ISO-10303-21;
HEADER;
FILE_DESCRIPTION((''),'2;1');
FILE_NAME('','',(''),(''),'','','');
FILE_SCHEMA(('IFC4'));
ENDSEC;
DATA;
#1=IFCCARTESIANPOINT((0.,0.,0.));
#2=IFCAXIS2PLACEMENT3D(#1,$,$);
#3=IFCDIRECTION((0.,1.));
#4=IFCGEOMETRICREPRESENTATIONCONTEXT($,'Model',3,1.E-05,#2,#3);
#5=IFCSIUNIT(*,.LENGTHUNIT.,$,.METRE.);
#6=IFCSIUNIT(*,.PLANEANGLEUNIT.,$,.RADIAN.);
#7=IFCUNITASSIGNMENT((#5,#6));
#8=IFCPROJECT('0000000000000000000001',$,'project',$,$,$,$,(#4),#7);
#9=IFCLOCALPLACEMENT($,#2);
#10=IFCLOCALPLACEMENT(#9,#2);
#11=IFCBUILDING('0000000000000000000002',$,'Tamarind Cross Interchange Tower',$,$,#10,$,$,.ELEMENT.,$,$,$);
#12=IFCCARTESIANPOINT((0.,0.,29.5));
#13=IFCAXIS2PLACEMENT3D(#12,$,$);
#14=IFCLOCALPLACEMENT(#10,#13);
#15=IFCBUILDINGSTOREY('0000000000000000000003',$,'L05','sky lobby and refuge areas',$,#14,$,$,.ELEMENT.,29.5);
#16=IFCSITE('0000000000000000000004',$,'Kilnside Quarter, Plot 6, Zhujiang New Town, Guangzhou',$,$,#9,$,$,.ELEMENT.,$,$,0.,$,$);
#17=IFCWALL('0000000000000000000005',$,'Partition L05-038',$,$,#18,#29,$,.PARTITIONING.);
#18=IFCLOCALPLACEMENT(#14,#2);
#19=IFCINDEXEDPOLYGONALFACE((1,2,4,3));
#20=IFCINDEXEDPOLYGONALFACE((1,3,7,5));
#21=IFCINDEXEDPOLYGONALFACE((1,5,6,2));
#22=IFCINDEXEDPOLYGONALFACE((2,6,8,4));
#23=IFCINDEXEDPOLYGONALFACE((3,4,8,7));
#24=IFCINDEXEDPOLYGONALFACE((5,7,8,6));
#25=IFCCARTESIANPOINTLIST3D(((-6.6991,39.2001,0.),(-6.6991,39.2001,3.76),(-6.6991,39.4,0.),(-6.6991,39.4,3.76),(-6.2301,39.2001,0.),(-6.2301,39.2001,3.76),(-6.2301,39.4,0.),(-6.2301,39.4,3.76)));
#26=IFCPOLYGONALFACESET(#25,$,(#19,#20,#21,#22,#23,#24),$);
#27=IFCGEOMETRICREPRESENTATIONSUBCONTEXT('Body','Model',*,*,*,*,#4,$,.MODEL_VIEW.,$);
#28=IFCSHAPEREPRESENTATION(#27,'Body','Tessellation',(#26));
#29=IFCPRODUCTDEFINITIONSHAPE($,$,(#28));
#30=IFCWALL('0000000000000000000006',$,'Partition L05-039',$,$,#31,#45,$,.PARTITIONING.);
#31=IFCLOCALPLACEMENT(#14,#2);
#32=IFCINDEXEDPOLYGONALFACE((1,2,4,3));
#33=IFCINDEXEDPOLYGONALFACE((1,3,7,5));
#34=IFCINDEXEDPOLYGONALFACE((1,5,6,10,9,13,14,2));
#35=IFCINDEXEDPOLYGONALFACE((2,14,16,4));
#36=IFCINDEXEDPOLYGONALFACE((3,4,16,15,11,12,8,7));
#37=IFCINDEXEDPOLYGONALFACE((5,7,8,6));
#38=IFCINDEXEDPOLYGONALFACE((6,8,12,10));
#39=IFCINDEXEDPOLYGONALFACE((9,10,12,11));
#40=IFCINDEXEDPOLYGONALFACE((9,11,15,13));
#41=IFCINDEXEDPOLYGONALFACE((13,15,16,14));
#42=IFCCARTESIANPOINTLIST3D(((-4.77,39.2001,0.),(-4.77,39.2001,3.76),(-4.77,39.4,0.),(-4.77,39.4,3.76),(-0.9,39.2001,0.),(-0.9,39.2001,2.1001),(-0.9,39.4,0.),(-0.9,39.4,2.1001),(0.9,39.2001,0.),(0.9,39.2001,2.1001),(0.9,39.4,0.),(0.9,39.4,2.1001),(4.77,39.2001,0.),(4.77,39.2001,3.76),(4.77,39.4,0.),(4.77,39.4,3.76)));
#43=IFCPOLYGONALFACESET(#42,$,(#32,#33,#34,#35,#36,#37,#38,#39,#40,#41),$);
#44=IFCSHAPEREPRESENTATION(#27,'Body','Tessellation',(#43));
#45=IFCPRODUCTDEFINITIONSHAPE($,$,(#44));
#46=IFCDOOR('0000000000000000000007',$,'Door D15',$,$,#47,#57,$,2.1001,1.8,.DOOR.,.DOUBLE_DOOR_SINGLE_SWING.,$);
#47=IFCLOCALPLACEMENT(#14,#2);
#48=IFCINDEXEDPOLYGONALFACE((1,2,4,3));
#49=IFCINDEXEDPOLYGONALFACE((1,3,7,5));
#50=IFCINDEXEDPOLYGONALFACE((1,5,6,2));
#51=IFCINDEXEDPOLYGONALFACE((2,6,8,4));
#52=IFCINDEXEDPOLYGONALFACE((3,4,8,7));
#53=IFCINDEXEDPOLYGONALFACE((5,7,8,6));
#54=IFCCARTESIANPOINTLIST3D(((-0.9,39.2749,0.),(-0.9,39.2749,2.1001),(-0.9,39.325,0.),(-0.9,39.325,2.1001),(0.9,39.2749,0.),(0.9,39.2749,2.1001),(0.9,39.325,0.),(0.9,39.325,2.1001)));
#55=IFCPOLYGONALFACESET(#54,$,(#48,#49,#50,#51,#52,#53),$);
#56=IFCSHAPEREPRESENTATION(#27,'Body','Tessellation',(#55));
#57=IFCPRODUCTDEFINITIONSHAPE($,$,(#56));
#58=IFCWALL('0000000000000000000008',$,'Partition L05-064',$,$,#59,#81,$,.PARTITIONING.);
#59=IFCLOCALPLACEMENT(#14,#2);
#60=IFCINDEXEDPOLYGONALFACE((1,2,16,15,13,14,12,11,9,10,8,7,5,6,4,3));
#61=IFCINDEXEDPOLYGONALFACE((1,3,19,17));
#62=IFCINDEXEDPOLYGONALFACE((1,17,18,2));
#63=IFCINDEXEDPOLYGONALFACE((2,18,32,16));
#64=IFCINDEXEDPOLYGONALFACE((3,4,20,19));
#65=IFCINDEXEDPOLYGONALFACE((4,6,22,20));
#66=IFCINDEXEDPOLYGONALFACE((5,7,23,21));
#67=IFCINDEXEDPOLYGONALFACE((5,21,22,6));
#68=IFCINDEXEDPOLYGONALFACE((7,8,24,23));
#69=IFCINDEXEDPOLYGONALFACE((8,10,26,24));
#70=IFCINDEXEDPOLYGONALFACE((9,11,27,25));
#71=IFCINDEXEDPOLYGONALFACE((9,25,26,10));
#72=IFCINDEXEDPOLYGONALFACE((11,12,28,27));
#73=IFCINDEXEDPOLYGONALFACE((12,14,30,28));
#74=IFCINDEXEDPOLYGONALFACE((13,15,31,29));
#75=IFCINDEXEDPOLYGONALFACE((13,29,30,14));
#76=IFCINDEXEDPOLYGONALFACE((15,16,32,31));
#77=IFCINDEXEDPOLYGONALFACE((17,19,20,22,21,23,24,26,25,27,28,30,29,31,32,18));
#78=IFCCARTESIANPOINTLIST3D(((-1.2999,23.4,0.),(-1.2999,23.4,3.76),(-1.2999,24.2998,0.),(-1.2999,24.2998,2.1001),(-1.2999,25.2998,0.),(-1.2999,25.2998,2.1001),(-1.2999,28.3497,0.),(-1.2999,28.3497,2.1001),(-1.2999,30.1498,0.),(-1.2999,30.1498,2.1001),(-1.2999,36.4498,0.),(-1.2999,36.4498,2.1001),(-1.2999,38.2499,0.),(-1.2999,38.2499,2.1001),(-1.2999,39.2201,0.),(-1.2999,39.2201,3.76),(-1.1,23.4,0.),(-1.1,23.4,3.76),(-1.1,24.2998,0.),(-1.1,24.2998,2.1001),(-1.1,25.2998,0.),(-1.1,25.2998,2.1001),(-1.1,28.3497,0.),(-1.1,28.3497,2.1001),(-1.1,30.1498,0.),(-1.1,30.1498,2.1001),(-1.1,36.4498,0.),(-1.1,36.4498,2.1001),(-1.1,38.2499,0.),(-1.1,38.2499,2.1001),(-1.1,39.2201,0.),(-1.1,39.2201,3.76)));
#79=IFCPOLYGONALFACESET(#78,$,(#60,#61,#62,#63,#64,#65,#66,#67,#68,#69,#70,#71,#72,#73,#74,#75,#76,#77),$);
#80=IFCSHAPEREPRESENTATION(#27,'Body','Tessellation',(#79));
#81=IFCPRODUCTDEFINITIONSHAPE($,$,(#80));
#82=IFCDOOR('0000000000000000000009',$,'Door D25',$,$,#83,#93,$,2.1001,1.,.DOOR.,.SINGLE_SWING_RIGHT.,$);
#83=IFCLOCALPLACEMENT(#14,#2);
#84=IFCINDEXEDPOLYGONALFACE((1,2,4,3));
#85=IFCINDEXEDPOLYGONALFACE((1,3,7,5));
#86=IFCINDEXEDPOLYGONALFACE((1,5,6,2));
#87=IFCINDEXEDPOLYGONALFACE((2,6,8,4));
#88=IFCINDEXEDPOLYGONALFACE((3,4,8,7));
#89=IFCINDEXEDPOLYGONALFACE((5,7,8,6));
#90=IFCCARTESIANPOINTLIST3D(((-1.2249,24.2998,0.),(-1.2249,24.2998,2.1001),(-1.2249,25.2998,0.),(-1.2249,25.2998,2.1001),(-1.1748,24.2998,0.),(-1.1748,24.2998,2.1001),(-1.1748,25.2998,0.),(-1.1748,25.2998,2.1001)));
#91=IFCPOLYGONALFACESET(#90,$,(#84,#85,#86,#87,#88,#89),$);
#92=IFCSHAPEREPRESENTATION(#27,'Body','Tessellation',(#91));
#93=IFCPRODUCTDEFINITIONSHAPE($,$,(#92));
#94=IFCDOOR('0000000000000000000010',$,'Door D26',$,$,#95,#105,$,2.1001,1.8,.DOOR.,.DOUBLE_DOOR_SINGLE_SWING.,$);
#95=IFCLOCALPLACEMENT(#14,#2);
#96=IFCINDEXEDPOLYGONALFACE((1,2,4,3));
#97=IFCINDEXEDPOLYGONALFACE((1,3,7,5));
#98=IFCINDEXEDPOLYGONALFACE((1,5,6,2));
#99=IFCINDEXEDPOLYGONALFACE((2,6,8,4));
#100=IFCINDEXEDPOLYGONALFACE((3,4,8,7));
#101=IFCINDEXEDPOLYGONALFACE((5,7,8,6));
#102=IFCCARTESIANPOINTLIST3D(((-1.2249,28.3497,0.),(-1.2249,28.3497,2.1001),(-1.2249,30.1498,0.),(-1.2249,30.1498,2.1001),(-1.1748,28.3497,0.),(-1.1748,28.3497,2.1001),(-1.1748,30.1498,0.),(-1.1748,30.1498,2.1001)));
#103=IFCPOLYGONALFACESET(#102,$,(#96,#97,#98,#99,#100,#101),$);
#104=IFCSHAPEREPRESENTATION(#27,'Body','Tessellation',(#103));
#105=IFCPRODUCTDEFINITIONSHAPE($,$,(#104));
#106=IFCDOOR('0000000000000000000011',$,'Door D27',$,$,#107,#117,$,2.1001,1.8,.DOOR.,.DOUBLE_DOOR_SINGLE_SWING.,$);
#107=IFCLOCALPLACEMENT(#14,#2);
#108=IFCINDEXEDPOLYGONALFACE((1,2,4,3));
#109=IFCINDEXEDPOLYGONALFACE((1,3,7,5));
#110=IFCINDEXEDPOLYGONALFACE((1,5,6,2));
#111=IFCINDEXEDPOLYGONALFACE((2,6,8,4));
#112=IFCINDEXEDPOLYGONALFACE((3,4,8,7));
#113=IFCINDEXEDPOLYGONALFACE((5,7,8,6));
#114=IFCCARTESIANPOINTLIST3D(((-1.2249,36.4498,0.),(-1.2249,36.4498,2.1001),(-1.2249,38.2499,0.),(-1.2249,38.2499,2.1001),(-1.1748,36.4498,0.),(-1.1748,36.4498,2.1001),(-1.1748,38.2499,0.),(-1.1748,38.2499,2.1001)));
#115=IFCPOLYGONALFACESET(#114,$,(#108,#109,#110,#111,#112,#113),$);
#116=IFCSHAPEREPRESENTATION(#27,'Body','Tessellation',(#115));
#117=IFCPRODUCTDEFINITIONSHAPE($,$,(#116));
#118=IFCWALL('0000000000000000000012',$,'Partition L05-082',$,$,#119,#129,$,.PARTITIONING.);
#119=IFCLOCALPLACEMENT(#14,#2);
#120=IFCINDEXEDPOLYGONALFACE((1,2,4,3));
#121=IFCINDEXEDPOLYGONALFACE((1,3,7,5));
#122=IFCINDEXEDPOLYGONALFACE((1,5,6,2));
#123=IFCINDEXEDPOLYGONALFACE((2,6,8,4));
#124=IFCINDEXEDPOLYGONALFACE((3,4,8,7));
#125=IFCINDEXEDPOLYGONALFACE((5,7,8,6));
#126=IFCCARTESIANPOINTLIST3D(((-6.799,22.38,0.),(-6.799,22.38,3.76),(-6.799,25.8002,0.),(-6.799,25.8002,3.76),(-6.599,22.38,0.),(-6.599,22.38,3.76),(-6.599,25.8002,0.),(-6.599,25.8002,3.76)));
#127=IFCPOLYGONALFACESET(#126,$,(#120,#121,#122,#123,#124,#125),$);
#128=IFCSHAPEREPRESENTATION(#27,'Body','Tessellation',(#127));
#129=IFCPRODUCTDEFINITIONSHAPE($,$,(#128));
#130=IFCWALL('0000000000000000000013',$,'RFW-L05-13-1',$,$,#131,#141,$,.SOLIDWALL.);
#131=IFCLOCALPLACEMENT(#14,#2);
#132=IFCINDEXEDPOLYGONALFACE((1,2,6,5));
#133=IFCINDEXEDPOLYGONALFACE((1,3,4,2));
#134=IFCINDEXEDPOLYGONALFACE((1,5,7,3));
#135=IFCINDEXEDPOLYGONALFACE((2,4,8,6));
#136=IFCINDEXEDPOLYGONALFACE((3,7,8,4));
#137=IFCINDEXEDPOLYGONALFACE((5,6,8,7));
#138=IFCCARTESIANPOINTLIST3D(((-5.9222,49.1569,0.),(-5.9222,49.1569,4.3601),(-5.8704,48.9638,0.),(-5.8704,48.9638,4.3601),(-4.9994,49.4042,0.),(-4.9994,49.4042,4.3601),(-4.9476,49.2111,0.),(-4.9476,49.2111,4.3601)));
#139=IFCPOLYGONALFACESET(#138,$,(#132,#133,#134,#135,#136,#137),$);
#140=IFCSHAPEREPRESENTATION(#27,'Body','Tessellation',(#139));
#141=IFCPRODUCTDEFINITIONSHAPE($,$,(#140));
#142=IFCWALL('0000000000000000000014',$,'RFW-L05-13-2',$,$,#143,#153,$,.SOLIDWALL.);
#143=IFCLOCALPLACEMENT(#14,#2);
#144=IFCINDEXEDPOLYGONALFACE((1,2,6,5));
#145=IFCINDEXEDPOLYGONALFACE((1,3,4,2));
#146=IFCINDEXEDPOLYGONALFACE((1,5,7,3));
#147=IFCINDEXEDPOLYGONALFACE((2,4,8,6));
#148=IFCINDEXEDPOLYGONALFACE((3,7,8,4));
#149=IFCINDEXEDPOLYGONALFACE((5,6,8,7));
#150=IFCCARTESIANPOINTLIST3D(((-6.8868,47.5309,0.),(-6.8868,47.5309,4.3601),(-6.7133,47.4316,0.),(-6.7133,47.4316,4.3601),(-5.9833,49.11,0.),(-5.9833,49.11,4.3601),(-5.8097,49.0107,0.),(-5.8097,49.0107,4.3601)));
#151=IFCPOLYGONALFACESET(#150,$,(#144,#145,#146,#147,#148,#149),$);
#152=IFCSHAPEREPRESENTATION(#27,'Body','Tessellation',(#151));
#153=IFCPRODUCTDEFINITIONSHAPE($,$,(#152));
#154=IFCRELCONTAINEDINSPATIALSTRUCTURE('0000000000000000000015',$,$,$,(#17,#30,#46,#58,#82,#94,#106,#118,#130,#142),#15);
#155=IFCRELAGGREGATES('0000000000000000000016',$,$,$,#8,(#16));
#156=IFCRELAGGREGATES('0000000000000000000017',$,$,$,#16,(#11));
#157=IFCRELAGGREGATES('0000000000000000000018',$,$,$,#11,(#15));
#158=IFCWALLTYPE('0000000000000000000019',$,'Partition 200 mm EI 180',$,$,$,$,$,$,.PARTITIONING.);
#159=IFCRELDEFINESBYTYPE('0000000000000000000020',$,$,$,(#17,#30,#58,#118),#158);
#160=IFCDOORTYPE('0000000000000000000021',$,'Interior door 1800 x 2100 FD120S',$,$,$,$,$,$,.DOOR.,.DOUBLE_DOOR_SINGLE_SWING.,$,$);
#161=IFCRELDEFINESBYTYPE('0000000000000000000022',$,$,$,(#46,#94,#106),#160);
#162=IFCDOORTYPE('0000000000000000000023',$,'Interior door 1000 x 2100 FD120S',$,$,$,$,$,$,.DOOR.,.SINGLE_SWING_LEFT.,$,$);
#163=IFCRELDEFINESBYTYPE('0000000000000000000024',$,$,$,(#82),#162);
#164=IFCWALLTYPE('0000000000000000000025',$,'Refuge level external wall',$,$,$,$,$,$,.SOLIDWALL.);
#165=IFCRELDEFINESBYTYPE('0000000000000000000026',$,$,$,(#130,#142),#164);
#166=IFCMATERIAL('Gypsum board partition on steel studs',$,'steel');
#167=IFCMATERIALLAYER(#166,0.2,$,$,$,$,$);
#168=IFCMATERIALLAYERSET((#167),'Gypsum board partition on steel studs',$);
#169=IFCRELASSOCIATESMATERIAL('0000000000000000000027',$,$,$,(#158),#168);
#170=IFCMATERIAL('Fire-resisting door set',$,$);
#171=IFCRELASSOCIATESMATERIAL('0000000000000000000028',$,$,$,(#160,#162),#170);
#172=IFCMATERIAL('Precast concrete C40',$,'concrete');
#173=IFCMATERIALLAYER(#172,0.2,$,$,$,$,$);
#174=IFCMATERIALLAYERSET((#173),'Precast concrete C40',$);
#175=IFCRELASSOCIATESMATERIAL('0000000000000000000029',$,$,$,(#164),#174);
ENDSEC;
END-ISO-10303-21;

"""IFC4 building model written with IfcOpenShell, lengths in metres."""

from ifc_helpers import new_model, si_unit, direction, frame, frame_2d, origin, place, context, subcontext, project, spatial, rectangle, extrude, material, layer, layer_set, type_object, element, fill, save


model = new_model("IFC4")

# Units and contexts
model_context = context("Model", 3, precision=1e-05, world=origin(), true_north=direction((0.0, 1.0)))
body_context = subcontext(model_context, "Body", "Model", "MODEL_VIEW")
ifc_project = project(units=[si_unit("LENGTHUNIT", "METRE"), si_unit("PLANEANGLEUNIT", "RADIAN")], contexts=[model_context])

# Site, building, storey
site_placement = place(None, origin())
site = spatial("IfcSite", under=ifc_project, at=site_placement, Name="Kilnside Quarter, Plot 6, Zhujiang New Town, Guangzhou", CompositionType="ELEMENT", RefElevation=0.0)
building_placement = place(site_placement, origin())
building = spatial("IfcBuilding", under=site, at=building_placement, Name="Tamarind Cross Interchange Tower", CompositionType="ELEMENT")
storey_placement = place(building_placement, frame((0.0, 0.0, 29.5)))
storey = spatial("IfcBuildingStorey", under=building, at=storey_placement, Name="L05", Description="sky lobby and refuge areas", CompositionType="ELEMENT", Elevation=29.5)

# Shared definitions
ifc_material_1 = material(Name="Gypsum board partition on steel studs", Category="steel")
ifc_layer_1 = layer(ifc_material_1, 0.2)
ifc_layer_set_1 = layer_set([ifc_layer_1], Name="Gypsum board partition on steel studs")
wall_type_1 = type_object("IfcWallType", Name="Partition 200 mm EI 180", PredefinedType="PARTITIONING", material=ifc_layer_set_1)
ifc_material_2 = material(Name="Fire-resisting door set")

# Wall
wall_1_placement = place(storey_placement, frame((-6.699, 39.3, 0.0), z_axis=(0.0, 0.0, 1.0), x_axis=(1.0, 0.0, 0.0)))
element("IfcWall", 1, at=wall_1_placement, inside=storey, type_object=wall_type_1, Name="Partition L05-038", PredefinedType="PARTITIONING", context=body_context, shape_type="SweptSolid", body=[
    extrude(rectangle(XDim=0.469, YDim=0.2, at=frame_2d((0.2344, 0.0))), origin(), (0.0, 0.0, 1.0), 3.76),
])

# Wall, opening, door
wall_2_placement = place(storey_placement, frame((-4.77, 39.3, 0.0), z_axis=(0.0, 0.0, 1.0), x_axis=(1.0, 0.0, 0.0)))
wall_2 = element("IfcWall", 2, at=wall_2_placement, inside=storey, type_object=wall_type_1, Name="Partition L05-039", PredefinedType="PARTITIONING", context=body_context, shape_type="SweptSolid", body=[
    extrude(rectangle(XDim=9.54, YDim=0.2, at=frame_2d((4.77, 0.0))), origin(), (0.0, 0.0, 1.0), 3.76),
])
opening_1_placement = place(wall_2_placement, frame((3.8701, 0.0, 0.0)))
opening_1 = element("IfcOpeningElement", 3, at=opening_1_placement, cuts=wall_2, PredefinedType="OPENING", context=body_context, shape_type="SweptSolid", body=[
    extrude(rectangle(XDim=1.8, YDim=2.1001, at=frame_2d((0.8999, 1.05))), frame((0.0, 0.1099, 0.0), z_axis=(0.0, -1.0, 0.0), x_axis=(1.0, 0.0, 0.0)), (0.0, 0.0, 1.0), 0.22),
])
door_type_1 = type_object("IfcDoorType", Name="Interior door 1800 x 2100 FD120S", OperationType="DOUBLE_DOOR_SINGLE_SWING", PredefinedType="DOOR", material=ifc_material_2)
door_1_placement = place(opening_1_placement, origin())
door_1 = element("IfcDoor", 4, at=door_1_placement, inside=storey, type_object=door_type_1, Name="Door D15", OperationType="DOUBLE_DOOR_SINGLE_SWING", OverallHeight=2.1001, OverallWidth=1.8, PredefinedType="DOOR", context=body_context, shape_type="SweptSolid", body=[
    extrude(rectangle(XDim=1.8, YDim=2.1001, at=frame_2d((0.8999, 1.05))), frame((0.0, 0.0249, 0.0), z_axis=(0.0, -1.0, 0.0), x_axis=(1.0, 0.0, 0.0)), (0.0, 0.0, 1.0), 0.05),
])
fill(opening_1, door_1)

# Wall, openings, doors
wall_3_placement = place(storey_placement, frame((-1.2, 23.3999, 0.0), z_axis=(0.0, 0.0, 1.0), x_axis=(0.0, 1.0, 0.0)))
wall_3 = element("IfcWall", 5, at=wall_3_placement, inside=storey, type_object=wall_type_1, Name="Partition L05-064", PredefinedType="PARTITIONING", context=body_context, shape_type="SweptSolid", body=[
    extrude(rectangle(XDim=15.8201, YDim=0.2, at=frame_2d((7.9102, 0.0))), origin(), (0.0, 0.0, 1.0), 3.76),
])
opening_2_placement = place(wall_3_placement, frame((0.8999, 0.0, 0.0)))
opening_2 = element("IfcOpeningElement", 6, at=opening_2_placement, cuts=wall_3, PredefinedType="OPENING", context=body_context, shape_type="SweptSolid", body=[
    extrude(rectangle(XDim=1.0, YDim=2.1001, at=frame_2d((0.5, 1.05))), frame((0.0, 0.1099, 0.0), z_axis=(0.0, -1.0, 0.0), x_axis=(1.0, 0.0, 0.0)), (0.0, 0.0, 1.0), 0.22),
])
opening_3_placement = place(wall_3_placement, frame((4.95, 0.0, 0.0)))
opening_3 = element("IfcOpeningElement", 7, at=opening_3_placement, cuts=wall_3, PredefinedType="OPENING", context=body_context, shape_type="SweptSolid", body=[
    extrude(rectangle(XDim=1.8, YDim=2.1001, at=frame_2d((0.8999, 1.05))), frame((0.0, 0.1099, 0.0), z_axis=(0.0, -1.0, 0.0), x_axis=(1.0, 0.0, 0.0)), (0.0, 0.0, 1.0), 0.22),
])
opening_4_placement = place(wall_3_placement, frame((13.05, 0.0, 0.0)))
opening_4 = element("IfcOpeningElement", 8, at=opening_4_placement, cuts=wall_3, PredefinedType="OPENING", context=body_context, shape_type="SweptSolid", body=[
    extrude(rectangle(XDim=1.8, YDim=2.1001, at=frame_2d((0.8999, 1.05))), frame((0.0, 0.1099, 0.0), z_axis=(0.0, -1.0, 0.0), x_axis=(1.0, 0.0, 0.0)), (0.0, 0.0, 1.0), 0.22),
])
door_type_2 = type_object("IfcDoorType", Name="Interior door 1000 x 2100 FD120S", OperationType="SINGLE_SWING_LEFT", PredefinedType="DOOR", material=ifc_material_2)
door_2_placement = place(opening_2_placement, origin())
door_2 = element("IfcDoor", 9, at=door_2_placement, inside=storey, type_object=door_type_2, Name="Door D25", OperationType="SINGLE_SWING_RIGHT", OverallHeight=2.1001, OverallWidth=1.0, PredefinedType="DOOR", context=body_context, shape_type="SweptSolid", body=[
    extrude(rectangle(XDim=1.0, YDim=2.1001, at=frame_2d((0.5, 1.05))), frame((0.0, 0.0249, 0.0), z_axis=(0.0, -1.0, 0.0), x_axis=(1.0, 0.0, 0.0)), (0.0, 0.0, 1.0), 0.05),
])
fill(opening_2, door_2)
door_3_placement = place(opening_3_placement, origin())
door_3 = element("IfcDoor", 10, at=door_3_placement, inside=storey, type_object=door_type_1, Name="Door D26", OperationType="DOUBLE_DOOR_SINGLE_SWING", OverallHeight=2.1001, OverallWidth=1.8, PredefinedType="DOOR", context=body_context, shape_type="SweptSolid", body=[
    extrude(rectangle(XDim=1.8, YDim=2.1001, at=frame_2d((0.8999, 1.05))), frame((0.0, 0.0249, 0.0), z_axis=(0.0, -1.0, 0.0), x_axis=(1.0, 0.0, 0.0)), (0.0, 0.0, 1.0), 0.05),
])
fill(opening_3, door_3)
door_4_placement = place(opening_4_placement, origin())
door_4 = element("IfcDoor", 11, at=door_4_placement, inside=storey, type_object=door_type_1, Name="Door D27", OperationType="DOUBLE_DOOR_SINGLE_SWING", OverallHeight=2.1001, OverallWidth=1.8, PredefinedType="DOOR", context=body_context, shape_type="SweptSolid", body=[
    extrude(rectangle(XDim=1.8, YDim=2.1001, at=frame_2d((0.8999, 1.05))), frame((0.0, 0.0249, 0.0), z_axis=(0.0, -1.0, 0.0), x_axis=(1.0, 0.0, 0.0)), (0.0, 0.0, 1.0), 0.05),
])
fill(opening_4, door_4)

# Walls
wall_4_placement = place(storey_placement, frame((-6.699, 25.8, 0.0), z_axis=(0.0, 0.0, 1.0), x_axis=(0.0, -1.0, 0.0)))
element("IfcWall", 12, at=wall_4_placement, inside=storey, type_object=wall_type_1, Name="Partition L05-082", PredefinedType="PARTITIONING", context=body_context, shape_type="SweptSolid", body=[
    extrude(rectangle(XDim=3.4202, YDim=0.2, at=frame_2d((1.71, 0.0))), origin(), (0.0, 0.0, 1.0), 3.76),
])
ifc_material_3 = material(Name="Precast concrete C40", Category="concrete")
ifc_layer_2 = layer(ifc_material_3, 0.2)
ifc_layer_set_2 = layer_set([ifc_layer_2], Name="Precast concrete C40")
wall_type_2 = type_object("IfcWallType", Name="Refuge level external wall", PredefinedType="SOLIDWALL", material=ifc_layer_set_2)
wall_5_placement = place(storey_placement, frame((-4.9736, 49.3076, 0.0), z_axis=(0.0, 0.0, 1.0), x_axis=(-0.965916, -0.258855, 0.0)))
element("IfcWall", 13, at=wall_5_placement, inside=storey, type_object=wall_type_2, Name="RFW-L05-13-1", PredefinedType="SOLIDWALL", context=body_context, shape_type="SweptSolid", body=[
    extrude(rectangle(XDim=0.9553, YDim=0.2, at=frame_2d((0.4775, 0.0))), origin(), (0.0, 0.0, 1.0), 4.3601),
])
wall_6_placement = place(storey_placement, frame((-5.8965, 49.0603, 0.0), z_axis=(0.0, 0.0, 1.0), x_axis=(-0.496645, -0.867954, 0.0)))
element("IfcWall", 14, at=wall_6_placement, inside=storey, type_object=wall_type_2, Name="RFW-L05-13-2", PredefinedType="SOLIDWALL", context=body_context, shape_type="SweptSolid", body=[
    extrude(rectangle(XDim=1.8193, YDim=0.2, at=frame_2d((0.9097, 0.0))), origin(), (0.0, 0.0, 1.0), 4.3601),
])

save(model, "model.ifc")
